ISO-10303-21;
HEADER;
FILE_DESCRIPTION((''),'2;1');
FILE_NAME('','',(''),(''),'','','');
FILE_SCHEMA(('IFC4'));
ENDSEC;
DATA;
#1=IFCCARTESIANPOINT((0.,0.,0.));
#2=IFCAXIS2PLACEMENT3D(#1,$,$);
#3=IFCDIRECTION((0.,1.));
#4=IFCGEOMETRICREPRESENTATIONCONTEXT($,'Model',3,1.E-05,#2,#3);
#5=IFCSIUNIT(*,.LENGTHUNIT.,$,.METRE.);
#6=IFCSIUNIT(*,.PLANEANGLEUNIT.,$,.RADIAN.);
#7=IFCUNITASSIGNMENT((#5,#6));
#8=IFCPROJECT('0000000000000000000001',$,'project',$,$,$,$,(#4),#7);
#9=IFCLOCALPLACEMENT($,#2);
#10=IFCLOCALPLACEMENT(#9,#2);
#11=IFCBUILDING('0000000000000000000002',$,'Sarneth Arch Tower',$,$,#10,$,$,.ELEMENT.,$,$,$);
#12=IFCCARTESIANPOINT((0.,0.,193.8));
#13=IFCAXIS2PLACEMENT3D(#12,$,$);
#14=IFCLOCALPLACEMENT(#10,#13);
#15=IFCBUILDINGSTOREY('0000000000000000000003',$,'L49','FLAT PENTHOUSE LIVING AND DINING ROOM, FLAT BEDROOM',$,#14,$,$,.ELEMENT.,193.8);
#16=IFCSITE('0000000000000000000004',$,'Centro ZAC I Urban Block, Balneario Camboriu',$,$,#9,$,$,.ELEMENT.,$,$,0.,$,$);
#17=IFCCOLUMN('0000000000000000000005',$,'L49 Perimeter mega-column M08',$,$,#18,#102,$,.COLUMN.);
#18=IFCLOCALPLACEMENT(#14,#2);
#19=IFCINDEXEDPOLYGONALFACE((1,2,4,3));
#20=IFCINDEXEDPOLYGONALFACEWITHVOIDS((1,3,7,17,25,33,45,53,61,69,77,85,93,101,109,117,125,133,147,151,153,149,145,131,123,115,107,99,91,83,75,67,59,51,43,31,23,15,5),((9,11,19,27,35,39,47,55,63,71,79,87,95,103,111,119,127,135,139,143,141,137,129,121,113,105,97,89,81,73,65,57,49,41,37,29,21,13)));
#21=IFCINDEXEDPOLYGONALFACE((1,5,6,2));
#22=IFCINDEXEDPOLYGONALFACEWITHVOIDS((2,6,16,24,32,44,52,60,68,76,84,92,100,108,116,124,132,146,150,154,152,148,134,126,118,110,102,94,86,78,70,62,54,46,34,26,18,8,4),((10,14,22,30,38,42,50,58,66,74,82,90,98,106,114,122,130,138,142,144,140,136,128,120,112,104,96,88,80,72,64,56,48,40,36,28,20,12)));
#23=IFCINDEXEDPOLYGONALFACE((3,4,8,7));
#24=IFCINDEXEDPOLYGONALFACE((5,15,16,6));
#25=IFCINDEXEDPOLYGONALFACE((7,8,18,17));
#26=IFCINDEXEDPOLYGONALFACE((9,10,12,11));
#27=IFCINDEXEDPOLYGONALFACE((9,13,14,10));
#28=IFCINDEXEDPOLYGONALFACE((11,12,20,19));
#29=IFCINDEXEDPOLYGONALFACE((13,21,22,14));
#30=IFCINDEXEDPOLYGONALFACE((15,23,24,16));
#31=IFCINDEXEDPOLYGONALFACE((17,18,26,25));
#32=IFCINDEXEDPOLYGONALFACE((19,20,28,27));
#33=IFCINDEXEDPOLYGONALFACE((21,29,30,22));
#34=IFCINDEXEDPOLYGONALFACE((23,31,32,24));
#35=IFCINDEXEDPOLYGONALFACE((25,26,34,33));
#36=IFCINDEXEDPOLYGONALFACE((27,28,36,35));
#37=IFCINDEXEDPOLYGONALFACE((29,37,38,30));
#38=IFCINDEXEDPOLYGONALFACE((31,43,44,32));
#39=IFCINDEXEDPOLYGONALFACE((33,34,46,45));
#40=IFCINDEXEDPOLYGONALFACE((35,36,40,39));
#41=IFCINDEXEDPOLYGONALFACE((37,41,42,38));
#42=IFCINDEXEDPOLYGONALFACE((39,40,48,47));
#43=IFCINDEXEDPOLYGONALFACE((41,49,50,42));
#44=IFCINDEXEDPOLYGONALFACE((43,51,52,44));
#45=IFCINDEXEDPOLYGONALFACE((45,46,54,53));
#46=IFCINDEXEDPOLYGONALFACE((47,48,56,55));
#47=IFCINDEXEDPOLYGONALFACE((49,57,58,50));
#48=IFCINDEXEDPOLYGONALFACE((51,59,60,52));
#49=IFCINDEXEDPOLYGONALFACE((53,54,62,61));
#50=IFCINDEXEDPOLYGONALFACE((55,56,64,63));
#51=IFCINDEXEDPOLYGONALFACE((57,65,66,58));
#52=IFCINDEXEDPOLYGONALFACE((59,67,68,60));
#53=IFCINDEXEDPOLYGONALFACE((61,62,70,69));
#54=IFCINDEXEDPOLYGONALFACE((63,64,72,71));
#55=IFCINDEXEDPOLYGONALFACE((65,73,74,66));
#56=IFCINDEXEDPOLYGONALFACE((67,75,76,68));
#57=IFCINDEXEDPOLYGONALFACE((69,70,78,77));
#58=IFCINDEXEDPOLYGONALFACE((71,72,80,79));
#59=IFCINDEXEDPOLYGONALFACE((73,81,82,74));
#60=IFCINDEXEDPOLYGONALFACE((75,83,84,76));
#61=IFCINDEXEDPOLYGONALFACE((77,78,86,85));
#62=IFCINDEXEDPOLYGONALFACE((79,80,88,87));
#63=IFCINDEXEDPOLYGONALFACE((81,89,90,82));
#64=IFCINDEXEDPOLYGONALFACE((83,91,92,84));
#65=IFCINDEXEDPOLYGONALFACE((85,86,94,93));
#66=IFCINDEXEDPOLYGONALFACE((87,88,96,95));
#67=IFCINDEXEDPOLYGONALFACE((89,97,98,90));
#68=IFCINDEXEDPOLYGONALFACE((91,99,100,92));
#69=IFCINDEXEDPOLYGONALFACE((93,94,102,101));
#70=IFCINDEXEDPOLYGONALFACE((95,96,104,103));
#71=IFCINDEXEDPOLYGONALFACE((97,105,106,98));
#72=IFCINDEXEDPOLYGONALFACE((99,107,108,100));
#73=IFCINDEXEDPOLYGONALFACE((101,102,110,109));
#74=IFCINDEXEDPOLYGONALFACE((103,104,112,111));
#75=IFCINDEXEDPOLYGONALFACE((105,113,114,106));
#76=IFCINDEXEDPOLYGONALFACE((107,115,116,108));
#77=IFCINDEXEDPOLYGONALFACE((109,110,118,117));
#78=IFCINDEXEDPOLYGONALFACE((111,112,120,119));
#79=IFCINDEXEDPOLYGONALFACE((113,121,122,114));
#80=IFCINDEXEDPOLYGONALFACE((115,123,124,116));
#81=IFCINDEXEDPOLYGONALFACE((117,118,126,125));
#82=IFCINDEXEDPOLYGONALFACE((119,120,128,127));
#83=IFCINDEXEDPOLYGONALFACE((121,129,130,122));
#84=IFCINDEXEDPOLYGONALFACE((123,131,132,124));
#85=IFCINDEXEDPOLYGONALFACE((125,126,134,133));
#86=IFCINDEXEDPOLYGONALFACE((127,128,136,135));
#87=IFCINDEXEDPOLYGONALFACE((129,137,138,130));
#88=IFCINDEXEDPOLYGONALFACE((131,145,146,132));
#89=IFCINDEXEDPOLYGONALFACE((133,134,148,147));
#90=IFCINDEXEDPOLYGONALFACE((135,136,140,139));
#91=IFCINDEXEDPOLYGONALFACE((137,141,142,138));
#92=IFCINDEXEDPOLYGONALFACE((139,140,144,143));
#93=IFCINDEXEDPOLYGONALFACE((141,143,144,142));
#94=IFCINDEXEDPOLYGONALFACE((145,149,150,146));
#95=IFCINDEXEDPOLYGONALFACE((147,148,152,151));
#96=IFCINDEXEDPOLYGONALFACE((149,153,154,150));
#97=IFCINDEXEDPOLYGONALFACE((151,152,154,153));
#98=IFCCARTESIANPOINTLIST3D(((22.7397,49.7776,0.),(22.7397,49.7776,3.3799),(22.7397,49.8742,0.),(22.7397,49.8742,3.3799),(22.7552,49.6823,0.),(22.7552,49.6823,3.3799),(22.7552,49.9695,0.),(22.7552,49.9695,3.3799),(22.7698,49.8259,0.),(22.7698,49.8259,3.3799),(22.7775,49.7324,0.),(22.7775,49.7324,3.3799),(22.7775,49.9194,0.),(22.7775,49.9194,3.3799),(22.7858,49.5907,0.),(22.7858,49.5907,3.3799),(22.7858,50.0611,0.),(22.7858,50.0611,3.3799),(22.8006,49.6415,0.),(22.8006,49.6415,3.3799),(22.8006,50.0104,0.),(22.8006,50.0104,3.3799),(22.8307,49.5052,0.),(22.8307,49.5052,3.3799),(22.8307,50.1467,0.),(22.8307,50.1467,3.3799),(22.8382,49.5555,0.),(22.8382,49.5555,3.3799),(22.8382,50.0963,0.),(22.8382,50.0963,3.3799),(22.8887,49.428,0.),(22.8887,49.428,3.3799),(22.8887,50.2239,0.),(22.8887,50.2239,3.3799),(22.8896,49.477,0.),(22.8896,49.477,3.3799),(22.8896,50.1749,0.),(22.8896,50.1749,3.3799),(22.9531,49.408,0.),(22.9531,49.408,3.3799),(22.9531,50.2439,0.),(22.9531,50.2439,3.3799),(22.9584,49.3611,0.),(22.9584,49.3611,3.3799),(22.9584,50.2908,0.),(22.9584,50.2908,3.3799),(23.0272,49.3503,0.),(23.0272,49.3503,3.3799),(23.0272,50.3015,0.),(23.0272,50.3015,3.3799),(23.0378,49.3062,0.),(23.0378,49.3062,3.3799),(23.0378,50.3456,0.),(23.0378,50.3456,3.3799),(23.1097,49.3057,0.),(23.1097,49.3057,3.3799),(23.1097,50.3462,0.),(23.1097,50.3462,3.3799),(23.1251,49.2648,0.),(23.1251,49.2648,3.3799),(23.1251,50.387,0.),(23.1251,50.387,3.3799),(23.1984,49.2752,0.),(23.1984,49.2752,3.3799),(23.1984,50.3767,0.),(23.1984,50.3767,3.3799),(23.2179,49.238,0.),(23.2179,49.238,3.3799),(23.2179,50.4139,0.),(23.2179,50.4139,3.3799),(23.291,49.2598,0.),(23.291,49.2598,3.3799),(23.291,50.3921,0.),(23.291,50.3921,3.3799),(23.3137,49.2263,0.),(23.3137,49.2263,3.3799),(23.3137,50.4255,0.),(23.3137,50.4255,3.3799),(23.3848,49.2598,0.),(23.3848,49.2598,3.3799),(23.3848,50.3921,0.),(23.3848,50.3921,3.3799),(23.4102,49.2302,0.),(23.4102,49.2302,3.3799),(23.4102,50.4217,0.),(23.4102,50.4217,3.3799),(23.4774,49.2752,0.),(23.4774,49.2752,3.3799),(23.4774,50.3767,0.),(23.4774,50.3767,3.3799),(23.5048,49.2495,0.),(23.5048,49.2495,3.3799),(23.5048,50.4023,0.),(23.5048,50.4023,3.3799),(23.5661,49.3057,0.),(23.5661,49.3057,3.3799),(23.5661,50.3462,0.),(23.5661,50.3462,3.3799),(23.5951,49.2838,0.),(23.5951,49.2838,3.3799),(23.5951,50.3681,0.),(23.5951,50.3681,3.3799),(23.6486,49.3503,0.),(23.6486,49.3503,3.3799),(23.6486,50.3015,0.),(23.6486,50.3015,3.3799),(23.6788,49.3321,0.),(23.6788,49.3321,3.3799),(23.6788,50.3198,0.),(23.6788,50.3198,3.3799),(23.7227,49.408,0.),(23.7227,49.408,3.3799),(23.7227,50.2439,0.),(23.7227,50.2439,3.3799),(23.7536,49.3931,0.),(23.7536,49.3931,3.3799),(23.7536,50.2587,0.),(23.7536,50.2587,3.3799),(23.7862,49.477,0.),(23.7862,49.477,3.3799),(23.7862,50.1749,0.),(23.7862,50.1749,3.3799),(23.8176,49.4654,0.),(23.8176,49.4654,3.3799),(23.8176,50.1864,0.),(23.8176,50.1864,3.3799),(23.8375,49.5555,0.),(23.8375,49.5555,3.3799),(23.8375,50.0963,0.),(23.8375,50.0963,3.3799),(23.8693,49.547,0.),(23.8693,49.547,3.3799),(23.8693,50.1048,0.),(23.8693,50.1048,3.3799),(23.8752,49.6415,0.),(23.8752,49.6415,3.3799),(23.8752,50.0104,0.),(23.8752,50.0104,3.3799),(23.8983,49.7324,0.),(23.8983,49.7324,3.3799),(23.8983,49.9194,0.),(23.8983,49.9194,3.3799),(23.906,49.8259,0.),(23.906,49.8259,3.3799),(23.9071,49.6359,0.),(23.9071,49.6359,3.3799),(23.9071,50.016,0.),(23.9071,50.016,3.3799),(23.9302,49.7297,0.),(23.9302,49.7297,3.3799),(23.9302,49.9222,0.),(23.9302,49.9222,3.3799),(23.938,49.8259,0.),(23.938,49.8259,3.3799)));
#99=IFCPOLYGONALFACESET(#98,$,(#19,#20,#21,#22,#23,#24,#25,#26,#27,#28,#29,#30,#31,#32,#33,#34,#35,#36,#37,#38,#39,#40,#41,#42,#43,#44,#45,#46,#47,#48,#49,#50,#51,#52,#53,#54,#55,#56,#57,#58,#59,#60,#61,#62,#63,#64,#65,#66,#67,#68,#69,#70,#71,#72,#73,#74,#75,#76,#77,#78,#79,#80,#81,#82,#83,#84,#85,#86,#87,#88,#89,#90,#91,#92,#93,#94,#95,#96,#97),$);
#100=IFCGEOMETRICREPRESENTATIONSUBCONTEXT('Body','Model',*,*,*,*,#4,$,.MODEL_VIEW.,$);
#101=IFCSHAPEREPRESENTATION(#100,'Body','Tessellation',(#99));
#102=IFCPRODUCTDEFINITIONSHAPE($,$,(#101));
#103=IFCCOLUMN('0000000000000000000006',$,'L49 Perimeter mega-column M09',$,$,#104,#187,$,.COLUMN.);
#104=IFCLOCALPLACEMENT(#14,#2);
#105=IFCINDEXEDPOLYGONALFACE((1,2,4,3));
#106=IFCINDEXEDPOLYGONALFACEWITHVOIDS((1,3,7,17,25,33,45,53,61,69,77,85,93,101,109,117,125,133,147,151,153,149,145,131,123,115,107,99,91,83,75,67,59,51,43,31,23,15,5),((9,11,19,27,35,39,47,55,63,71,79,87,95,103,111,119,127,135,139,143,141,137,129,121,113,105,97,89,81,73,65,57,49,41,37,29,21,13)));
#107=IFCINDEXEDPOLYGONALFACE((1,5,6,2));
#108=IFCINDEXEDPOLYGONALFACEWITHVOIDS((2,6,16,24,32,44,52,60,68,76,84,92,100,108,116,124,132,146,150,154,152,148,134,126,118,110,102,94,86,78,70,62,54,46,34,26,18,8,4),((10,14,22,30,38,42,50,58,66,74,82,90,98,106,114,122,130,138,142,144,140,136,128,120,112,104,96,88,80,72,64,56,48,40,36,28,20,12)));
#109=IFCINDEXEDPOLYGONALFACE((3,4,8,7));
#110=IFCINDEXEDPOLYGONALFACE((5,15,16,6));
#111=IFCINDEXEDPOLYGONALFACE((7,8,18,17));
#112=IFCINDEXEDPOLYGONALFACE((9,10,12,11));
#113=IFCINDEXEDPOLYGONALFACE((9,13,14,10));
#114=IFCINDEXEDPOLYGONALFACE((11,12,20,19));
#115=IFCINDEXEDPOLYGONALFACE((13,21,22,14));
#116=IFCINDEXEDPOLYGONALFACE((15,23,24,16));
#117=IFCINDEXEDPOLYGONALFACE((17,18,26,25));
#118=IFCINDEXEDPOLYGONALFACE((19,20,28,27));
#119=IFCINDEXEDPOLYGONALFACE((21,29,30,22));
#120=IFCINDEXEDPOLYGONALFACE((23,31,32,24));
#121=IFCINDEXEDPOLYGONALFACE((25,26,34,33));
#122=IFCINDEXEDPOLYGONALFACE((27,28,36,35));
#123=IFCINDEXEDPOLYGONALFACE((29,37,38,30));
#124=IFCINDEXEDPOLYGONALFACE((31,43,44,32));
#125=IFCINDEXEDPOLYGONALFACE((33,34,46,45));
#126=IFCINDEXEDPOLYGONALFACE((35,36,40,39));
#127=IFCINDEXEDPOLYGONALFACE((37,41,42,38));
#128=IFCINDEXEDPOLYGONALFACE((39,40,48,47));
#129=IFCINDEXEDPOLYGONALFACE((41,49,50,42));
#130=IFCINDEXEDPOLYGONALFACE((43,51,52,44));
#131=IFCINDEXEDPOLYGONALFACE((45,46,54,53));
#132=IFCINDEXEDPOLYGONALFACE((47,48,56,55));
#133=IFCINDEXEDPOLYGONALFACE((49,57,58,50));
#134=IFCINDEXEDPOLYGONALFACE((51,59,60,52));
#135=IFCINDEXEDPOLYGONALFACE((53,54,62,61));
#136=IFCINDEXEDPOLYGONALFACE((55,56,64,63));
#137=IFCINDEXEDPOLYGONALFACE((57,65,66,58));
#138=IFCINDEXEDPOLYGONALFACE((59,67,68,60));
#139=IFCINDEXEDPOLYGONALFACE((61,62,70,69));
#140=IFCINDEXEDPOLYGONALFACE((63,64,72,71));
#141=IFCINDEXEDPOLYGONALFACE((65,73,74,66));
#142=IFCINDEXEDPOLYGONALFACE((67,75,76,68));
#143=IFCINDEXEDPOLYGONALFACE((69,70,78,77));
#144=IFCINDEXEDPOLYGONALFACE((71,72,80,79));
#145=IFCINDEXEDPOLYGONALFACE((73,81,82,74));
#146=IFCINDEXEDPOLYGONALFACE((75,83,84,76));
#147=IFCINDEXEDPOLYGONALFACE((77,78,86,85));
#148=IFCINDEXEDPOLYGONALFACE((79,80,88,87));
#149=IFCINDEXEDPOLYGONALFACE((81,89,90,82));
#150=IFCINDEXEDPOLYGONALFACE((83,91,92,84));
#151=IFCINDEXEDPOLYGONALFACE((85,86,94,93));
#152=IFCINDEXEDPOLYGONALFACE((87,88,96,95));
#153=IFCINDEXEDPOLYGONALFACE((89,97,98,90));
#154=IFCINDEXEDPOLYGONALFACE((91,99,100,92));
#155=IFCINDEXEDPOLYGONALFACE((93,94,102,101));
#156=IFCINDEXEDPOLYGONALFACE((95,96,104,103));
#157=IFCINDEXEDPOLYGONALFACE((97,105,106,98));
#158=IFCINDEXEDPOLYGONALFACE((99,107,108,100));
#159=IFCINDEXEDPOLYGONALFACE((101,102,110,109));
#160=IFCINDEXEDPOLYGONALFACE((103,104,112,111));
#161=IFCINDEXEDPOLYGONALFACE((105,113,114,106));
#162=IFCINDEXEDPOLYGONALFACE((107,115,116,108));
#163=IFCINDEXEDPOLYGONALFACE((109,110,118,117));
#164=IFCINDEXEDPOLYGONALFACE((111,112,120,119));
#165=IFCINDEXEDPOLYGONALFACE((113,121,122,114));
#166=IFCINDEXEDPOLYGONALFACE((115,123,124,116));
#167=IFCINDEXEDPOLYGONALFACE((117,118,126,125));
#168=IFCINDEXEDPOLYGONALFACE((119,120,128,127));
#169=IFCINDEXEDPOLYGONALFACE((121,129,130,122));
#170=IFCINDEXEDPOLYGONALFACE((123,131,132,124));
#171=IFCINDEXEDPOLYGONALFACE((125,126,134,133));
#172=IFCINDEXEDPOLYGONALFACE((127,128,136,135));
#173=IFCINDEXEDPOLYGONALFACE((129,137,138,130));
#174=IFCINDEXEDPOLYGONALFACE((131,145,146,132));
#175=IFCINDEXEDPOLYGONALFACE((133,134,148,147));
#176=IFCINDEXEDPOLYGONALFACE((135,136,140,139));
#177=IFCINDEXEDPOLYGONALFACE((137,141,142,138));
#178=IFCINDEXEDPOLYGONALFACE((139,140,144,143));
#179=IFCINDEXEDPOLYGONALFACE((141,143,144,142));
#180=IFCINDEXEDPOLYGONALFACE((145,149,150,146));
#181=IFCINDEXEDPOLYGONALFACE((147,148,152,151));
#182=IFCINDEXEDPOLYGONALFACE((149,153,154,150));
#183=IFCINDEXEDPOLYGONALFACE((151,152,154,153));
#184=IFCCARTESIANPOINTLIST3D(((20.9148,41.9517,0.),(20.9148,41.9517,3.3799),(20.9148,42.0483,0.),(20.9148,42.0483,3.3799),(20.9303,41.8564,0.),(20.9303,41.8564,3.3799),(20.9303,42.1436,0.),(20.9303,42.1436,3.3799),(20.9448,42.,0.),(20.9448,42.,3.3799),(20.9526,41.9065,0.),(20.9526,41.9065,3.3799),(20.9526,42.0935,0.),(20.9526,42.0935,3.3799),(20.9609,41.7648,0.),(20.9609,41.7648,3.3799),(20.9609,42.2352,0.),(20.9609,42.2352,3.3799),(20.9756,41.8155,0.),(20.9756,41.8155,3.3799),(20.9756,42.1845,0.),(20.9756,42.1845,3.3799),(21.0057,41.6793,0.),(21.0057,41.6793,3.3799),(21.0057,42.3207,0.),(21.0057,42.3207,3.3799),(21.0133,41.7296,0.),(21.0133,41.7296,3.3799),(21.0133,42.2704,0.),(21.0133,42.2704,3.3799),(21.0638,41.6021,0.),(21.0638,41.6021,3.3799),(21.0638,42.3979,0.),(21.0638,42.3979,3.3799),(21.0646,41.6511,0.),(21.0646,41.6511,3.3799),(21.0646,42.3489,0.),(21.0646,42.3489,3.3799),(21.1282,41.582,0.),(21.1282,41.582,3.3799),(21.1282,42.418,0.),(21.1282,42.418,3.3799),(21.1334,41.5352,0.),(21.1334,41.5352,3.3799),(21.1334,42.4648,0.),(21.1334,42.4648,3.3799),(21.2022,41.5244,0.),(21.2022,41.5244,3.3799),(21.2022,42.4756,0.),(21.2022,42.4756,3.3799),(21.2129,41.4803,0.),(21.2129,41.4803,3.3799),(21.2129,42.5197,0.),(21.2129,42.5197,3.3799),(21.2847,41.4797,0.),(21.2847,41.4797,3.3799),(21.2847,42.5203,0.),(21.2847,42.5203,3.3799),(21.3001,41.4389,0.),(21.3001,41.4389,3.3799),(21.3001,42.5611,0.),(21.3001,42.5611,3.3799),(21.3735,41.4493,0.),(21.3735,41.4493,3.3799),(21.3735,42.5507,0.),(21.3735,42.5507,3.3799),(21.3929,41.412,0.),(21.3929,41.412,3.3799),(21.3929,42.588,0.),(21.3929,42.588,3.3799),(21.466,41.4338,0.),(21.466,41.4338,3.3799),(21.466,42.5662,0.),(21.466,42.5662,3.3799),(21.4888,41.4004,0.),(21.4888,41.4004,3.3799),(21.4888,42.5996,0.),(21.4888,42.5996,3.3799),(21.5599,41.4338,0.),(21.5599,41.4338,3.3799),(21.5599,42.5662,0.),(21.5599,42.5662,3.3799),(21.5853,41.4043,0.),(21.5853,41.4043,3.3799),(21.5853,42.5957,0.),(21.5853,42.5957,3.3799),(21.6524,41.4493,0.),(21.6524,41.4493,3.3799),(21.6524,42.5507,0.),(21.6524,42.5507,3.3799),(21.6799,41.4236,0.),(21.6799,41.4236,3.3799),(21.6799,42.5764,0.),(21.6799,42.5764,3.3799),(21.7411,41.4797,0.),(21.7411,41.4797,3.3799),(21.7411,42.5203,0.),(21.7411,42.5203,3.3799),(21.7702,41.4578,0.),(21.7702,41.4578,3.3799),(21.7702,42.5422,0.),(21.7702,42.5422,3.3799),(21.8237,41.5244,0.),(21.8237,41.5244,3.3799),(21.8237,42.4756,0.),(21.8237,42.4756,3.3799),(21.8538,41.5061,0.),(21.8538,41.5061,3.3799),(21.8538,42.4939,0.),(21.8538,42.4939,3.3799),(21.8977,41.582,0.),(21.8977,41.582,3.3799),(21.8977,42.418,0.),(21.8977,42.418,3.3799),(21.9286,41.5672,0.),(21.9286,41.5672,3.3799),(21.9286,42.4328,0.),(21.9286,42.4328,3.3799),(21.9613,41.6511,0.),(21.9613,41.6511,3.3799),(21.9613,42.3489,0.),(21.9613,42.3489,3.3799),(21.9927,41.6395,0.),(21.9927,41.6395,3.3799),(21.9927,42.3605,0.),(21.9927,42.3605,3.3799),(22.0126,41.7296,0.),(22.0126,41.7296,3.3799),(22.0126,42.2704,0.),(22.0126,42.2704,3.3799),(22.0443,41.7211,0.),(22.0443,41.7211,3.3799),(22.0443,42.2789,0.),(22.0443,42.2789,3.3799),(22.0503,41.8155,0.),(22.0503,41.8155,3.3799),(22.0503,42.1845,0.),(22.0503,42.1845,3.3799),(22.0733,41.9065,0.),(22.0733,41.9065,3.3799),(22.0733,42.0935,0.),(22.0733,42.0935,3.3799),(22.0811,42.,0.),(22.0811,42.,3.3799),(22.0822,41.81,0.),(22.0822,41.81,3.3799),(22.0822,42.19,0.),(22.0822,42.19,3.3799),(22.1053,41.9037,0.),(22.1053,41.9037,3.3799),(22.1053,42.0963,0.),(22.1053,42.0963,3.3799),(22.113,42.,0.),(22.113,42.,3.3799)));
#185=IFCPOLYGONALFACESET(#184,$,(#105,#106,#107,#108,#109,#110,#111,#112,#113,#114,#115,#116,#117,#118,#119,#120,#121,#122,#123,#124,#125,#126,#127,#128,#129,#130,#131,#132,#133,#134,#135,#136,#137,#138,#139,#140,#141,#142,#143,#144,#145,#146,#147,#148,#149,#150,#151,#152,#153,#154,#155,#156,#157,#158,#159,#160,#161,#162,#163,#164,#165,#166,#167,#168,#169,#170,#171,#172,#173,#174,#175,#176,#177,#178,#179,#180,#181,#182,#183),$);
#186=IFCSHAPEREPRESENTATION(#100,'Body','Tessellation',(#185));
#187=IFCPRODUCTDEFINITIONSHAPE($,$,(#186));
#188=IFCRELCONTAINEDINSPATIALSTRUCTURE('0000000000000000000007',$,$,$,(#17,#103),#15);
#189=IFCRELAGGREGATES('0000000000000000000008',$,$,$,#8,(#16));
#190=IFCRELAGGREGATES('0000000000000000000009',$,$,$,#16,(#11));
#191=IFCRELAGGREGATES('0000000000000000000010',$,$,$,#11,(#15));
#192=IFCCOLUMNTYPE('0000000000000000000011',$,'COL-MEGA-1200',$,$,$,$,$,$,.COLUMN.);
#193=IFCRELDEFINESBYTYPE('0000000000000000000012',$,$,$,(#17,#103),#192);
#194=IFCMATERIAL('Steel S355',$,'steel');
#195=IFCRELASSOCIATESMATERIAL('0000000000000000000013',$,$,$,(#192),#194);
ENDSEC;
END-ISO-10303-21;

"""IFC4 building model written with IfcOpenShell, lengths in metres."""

from ifc_helpers import new_model, si_unit, direction, frame, origin, origin_2d, place, context, subcontext, project, spatial, hollow_circle, extrude, material, material_profile, profile_set, type_object, element, save


model = new_model("IFC4")

# Units and contexts
model_context = context("Model", 3, precision=1e-05, world=origin(), true_north=direction((0.0, 1.0)))
body_context = subcontext(model_context, "Body", "Model", "MODEL_VIEW")
ifc_project = project(units=[si_unit("LENGTHUNIT", "METRE"), si_unit("PLANEANGLEUNIT", "RADIAN")], contexts=[model_context])

# Site, building, storey
site_placement = place(None, origin())
site = spatial("IfcSite", under=ifc_project, at=site_placement, Name="Centro ZAC I Urban Block, Balneario Camboriu", CompositionType="ELEMENT", RefElevation=0.0)
building_placement = place(site_placement, origin())
building = spatial("IfcBuilding", under=site, at=building_placement, Name="Sarneth Arch Tower", CompositionType="ELEMENT")
storey_placement = place(building_placement, frame((0.0, 0.0, 193.8)))
storey = spatial("IfcBuildingStorey", under=building, at=storey_placement, Name="L49", Description="FLAT PENTHOUSE LIVING AND DINING ROOM, FLAT BEDROOM", CompositionType="ELEMENT", Elevation=193.8)

# Columns
ifc_material_1 = material(Name="Steel S355", Category="steel")
ifc_material_profile_1 = material_profile(ifc_material_1, hollow_circle(Radius=0.6001, WallThickness=0.032, at=origin_2d()), Name="CHS1200x32")
ifc_profile_set_1 = profile_set([ifc_material_profile_1], Name="Steel S355")
column_type = type_object("IfcColumnType", Name="COL-MEGA-1200", PredefinedType="COLUMN", material=ifc_profile_set_1)
for number, where, z_axis, x_axis, name in (
    (1, (23.3379, 49.8259, 0.0), (0.0, 0.0, 1.0), (1.0, 0.0, 0.0), "L49 Perimeter mega-column M08"),
    (2, (21.5129, 42.0, 0.0), (0.0, 0.0, 1.0), (1.0, 0.0, 0.0), "L49 Perimeter mega-column M09"),
):
    element("IfcColumn", number, at=place(storey_placement, frame(where, z_axis=z_axis, x_axis=x_axis)), inside=storey, type_object=column_type, Name=name, PredefinedType="COLUMN", context=body_context, shape_type="SweptSolid", body=[
        extrude(hollow_circle(Radius=0.6001, WallThickness=0.032, at=origin_2d()), origin(), (0.0, 0.0, 1.0), 3.3799),
    ])

save(model, "model.ifc")
